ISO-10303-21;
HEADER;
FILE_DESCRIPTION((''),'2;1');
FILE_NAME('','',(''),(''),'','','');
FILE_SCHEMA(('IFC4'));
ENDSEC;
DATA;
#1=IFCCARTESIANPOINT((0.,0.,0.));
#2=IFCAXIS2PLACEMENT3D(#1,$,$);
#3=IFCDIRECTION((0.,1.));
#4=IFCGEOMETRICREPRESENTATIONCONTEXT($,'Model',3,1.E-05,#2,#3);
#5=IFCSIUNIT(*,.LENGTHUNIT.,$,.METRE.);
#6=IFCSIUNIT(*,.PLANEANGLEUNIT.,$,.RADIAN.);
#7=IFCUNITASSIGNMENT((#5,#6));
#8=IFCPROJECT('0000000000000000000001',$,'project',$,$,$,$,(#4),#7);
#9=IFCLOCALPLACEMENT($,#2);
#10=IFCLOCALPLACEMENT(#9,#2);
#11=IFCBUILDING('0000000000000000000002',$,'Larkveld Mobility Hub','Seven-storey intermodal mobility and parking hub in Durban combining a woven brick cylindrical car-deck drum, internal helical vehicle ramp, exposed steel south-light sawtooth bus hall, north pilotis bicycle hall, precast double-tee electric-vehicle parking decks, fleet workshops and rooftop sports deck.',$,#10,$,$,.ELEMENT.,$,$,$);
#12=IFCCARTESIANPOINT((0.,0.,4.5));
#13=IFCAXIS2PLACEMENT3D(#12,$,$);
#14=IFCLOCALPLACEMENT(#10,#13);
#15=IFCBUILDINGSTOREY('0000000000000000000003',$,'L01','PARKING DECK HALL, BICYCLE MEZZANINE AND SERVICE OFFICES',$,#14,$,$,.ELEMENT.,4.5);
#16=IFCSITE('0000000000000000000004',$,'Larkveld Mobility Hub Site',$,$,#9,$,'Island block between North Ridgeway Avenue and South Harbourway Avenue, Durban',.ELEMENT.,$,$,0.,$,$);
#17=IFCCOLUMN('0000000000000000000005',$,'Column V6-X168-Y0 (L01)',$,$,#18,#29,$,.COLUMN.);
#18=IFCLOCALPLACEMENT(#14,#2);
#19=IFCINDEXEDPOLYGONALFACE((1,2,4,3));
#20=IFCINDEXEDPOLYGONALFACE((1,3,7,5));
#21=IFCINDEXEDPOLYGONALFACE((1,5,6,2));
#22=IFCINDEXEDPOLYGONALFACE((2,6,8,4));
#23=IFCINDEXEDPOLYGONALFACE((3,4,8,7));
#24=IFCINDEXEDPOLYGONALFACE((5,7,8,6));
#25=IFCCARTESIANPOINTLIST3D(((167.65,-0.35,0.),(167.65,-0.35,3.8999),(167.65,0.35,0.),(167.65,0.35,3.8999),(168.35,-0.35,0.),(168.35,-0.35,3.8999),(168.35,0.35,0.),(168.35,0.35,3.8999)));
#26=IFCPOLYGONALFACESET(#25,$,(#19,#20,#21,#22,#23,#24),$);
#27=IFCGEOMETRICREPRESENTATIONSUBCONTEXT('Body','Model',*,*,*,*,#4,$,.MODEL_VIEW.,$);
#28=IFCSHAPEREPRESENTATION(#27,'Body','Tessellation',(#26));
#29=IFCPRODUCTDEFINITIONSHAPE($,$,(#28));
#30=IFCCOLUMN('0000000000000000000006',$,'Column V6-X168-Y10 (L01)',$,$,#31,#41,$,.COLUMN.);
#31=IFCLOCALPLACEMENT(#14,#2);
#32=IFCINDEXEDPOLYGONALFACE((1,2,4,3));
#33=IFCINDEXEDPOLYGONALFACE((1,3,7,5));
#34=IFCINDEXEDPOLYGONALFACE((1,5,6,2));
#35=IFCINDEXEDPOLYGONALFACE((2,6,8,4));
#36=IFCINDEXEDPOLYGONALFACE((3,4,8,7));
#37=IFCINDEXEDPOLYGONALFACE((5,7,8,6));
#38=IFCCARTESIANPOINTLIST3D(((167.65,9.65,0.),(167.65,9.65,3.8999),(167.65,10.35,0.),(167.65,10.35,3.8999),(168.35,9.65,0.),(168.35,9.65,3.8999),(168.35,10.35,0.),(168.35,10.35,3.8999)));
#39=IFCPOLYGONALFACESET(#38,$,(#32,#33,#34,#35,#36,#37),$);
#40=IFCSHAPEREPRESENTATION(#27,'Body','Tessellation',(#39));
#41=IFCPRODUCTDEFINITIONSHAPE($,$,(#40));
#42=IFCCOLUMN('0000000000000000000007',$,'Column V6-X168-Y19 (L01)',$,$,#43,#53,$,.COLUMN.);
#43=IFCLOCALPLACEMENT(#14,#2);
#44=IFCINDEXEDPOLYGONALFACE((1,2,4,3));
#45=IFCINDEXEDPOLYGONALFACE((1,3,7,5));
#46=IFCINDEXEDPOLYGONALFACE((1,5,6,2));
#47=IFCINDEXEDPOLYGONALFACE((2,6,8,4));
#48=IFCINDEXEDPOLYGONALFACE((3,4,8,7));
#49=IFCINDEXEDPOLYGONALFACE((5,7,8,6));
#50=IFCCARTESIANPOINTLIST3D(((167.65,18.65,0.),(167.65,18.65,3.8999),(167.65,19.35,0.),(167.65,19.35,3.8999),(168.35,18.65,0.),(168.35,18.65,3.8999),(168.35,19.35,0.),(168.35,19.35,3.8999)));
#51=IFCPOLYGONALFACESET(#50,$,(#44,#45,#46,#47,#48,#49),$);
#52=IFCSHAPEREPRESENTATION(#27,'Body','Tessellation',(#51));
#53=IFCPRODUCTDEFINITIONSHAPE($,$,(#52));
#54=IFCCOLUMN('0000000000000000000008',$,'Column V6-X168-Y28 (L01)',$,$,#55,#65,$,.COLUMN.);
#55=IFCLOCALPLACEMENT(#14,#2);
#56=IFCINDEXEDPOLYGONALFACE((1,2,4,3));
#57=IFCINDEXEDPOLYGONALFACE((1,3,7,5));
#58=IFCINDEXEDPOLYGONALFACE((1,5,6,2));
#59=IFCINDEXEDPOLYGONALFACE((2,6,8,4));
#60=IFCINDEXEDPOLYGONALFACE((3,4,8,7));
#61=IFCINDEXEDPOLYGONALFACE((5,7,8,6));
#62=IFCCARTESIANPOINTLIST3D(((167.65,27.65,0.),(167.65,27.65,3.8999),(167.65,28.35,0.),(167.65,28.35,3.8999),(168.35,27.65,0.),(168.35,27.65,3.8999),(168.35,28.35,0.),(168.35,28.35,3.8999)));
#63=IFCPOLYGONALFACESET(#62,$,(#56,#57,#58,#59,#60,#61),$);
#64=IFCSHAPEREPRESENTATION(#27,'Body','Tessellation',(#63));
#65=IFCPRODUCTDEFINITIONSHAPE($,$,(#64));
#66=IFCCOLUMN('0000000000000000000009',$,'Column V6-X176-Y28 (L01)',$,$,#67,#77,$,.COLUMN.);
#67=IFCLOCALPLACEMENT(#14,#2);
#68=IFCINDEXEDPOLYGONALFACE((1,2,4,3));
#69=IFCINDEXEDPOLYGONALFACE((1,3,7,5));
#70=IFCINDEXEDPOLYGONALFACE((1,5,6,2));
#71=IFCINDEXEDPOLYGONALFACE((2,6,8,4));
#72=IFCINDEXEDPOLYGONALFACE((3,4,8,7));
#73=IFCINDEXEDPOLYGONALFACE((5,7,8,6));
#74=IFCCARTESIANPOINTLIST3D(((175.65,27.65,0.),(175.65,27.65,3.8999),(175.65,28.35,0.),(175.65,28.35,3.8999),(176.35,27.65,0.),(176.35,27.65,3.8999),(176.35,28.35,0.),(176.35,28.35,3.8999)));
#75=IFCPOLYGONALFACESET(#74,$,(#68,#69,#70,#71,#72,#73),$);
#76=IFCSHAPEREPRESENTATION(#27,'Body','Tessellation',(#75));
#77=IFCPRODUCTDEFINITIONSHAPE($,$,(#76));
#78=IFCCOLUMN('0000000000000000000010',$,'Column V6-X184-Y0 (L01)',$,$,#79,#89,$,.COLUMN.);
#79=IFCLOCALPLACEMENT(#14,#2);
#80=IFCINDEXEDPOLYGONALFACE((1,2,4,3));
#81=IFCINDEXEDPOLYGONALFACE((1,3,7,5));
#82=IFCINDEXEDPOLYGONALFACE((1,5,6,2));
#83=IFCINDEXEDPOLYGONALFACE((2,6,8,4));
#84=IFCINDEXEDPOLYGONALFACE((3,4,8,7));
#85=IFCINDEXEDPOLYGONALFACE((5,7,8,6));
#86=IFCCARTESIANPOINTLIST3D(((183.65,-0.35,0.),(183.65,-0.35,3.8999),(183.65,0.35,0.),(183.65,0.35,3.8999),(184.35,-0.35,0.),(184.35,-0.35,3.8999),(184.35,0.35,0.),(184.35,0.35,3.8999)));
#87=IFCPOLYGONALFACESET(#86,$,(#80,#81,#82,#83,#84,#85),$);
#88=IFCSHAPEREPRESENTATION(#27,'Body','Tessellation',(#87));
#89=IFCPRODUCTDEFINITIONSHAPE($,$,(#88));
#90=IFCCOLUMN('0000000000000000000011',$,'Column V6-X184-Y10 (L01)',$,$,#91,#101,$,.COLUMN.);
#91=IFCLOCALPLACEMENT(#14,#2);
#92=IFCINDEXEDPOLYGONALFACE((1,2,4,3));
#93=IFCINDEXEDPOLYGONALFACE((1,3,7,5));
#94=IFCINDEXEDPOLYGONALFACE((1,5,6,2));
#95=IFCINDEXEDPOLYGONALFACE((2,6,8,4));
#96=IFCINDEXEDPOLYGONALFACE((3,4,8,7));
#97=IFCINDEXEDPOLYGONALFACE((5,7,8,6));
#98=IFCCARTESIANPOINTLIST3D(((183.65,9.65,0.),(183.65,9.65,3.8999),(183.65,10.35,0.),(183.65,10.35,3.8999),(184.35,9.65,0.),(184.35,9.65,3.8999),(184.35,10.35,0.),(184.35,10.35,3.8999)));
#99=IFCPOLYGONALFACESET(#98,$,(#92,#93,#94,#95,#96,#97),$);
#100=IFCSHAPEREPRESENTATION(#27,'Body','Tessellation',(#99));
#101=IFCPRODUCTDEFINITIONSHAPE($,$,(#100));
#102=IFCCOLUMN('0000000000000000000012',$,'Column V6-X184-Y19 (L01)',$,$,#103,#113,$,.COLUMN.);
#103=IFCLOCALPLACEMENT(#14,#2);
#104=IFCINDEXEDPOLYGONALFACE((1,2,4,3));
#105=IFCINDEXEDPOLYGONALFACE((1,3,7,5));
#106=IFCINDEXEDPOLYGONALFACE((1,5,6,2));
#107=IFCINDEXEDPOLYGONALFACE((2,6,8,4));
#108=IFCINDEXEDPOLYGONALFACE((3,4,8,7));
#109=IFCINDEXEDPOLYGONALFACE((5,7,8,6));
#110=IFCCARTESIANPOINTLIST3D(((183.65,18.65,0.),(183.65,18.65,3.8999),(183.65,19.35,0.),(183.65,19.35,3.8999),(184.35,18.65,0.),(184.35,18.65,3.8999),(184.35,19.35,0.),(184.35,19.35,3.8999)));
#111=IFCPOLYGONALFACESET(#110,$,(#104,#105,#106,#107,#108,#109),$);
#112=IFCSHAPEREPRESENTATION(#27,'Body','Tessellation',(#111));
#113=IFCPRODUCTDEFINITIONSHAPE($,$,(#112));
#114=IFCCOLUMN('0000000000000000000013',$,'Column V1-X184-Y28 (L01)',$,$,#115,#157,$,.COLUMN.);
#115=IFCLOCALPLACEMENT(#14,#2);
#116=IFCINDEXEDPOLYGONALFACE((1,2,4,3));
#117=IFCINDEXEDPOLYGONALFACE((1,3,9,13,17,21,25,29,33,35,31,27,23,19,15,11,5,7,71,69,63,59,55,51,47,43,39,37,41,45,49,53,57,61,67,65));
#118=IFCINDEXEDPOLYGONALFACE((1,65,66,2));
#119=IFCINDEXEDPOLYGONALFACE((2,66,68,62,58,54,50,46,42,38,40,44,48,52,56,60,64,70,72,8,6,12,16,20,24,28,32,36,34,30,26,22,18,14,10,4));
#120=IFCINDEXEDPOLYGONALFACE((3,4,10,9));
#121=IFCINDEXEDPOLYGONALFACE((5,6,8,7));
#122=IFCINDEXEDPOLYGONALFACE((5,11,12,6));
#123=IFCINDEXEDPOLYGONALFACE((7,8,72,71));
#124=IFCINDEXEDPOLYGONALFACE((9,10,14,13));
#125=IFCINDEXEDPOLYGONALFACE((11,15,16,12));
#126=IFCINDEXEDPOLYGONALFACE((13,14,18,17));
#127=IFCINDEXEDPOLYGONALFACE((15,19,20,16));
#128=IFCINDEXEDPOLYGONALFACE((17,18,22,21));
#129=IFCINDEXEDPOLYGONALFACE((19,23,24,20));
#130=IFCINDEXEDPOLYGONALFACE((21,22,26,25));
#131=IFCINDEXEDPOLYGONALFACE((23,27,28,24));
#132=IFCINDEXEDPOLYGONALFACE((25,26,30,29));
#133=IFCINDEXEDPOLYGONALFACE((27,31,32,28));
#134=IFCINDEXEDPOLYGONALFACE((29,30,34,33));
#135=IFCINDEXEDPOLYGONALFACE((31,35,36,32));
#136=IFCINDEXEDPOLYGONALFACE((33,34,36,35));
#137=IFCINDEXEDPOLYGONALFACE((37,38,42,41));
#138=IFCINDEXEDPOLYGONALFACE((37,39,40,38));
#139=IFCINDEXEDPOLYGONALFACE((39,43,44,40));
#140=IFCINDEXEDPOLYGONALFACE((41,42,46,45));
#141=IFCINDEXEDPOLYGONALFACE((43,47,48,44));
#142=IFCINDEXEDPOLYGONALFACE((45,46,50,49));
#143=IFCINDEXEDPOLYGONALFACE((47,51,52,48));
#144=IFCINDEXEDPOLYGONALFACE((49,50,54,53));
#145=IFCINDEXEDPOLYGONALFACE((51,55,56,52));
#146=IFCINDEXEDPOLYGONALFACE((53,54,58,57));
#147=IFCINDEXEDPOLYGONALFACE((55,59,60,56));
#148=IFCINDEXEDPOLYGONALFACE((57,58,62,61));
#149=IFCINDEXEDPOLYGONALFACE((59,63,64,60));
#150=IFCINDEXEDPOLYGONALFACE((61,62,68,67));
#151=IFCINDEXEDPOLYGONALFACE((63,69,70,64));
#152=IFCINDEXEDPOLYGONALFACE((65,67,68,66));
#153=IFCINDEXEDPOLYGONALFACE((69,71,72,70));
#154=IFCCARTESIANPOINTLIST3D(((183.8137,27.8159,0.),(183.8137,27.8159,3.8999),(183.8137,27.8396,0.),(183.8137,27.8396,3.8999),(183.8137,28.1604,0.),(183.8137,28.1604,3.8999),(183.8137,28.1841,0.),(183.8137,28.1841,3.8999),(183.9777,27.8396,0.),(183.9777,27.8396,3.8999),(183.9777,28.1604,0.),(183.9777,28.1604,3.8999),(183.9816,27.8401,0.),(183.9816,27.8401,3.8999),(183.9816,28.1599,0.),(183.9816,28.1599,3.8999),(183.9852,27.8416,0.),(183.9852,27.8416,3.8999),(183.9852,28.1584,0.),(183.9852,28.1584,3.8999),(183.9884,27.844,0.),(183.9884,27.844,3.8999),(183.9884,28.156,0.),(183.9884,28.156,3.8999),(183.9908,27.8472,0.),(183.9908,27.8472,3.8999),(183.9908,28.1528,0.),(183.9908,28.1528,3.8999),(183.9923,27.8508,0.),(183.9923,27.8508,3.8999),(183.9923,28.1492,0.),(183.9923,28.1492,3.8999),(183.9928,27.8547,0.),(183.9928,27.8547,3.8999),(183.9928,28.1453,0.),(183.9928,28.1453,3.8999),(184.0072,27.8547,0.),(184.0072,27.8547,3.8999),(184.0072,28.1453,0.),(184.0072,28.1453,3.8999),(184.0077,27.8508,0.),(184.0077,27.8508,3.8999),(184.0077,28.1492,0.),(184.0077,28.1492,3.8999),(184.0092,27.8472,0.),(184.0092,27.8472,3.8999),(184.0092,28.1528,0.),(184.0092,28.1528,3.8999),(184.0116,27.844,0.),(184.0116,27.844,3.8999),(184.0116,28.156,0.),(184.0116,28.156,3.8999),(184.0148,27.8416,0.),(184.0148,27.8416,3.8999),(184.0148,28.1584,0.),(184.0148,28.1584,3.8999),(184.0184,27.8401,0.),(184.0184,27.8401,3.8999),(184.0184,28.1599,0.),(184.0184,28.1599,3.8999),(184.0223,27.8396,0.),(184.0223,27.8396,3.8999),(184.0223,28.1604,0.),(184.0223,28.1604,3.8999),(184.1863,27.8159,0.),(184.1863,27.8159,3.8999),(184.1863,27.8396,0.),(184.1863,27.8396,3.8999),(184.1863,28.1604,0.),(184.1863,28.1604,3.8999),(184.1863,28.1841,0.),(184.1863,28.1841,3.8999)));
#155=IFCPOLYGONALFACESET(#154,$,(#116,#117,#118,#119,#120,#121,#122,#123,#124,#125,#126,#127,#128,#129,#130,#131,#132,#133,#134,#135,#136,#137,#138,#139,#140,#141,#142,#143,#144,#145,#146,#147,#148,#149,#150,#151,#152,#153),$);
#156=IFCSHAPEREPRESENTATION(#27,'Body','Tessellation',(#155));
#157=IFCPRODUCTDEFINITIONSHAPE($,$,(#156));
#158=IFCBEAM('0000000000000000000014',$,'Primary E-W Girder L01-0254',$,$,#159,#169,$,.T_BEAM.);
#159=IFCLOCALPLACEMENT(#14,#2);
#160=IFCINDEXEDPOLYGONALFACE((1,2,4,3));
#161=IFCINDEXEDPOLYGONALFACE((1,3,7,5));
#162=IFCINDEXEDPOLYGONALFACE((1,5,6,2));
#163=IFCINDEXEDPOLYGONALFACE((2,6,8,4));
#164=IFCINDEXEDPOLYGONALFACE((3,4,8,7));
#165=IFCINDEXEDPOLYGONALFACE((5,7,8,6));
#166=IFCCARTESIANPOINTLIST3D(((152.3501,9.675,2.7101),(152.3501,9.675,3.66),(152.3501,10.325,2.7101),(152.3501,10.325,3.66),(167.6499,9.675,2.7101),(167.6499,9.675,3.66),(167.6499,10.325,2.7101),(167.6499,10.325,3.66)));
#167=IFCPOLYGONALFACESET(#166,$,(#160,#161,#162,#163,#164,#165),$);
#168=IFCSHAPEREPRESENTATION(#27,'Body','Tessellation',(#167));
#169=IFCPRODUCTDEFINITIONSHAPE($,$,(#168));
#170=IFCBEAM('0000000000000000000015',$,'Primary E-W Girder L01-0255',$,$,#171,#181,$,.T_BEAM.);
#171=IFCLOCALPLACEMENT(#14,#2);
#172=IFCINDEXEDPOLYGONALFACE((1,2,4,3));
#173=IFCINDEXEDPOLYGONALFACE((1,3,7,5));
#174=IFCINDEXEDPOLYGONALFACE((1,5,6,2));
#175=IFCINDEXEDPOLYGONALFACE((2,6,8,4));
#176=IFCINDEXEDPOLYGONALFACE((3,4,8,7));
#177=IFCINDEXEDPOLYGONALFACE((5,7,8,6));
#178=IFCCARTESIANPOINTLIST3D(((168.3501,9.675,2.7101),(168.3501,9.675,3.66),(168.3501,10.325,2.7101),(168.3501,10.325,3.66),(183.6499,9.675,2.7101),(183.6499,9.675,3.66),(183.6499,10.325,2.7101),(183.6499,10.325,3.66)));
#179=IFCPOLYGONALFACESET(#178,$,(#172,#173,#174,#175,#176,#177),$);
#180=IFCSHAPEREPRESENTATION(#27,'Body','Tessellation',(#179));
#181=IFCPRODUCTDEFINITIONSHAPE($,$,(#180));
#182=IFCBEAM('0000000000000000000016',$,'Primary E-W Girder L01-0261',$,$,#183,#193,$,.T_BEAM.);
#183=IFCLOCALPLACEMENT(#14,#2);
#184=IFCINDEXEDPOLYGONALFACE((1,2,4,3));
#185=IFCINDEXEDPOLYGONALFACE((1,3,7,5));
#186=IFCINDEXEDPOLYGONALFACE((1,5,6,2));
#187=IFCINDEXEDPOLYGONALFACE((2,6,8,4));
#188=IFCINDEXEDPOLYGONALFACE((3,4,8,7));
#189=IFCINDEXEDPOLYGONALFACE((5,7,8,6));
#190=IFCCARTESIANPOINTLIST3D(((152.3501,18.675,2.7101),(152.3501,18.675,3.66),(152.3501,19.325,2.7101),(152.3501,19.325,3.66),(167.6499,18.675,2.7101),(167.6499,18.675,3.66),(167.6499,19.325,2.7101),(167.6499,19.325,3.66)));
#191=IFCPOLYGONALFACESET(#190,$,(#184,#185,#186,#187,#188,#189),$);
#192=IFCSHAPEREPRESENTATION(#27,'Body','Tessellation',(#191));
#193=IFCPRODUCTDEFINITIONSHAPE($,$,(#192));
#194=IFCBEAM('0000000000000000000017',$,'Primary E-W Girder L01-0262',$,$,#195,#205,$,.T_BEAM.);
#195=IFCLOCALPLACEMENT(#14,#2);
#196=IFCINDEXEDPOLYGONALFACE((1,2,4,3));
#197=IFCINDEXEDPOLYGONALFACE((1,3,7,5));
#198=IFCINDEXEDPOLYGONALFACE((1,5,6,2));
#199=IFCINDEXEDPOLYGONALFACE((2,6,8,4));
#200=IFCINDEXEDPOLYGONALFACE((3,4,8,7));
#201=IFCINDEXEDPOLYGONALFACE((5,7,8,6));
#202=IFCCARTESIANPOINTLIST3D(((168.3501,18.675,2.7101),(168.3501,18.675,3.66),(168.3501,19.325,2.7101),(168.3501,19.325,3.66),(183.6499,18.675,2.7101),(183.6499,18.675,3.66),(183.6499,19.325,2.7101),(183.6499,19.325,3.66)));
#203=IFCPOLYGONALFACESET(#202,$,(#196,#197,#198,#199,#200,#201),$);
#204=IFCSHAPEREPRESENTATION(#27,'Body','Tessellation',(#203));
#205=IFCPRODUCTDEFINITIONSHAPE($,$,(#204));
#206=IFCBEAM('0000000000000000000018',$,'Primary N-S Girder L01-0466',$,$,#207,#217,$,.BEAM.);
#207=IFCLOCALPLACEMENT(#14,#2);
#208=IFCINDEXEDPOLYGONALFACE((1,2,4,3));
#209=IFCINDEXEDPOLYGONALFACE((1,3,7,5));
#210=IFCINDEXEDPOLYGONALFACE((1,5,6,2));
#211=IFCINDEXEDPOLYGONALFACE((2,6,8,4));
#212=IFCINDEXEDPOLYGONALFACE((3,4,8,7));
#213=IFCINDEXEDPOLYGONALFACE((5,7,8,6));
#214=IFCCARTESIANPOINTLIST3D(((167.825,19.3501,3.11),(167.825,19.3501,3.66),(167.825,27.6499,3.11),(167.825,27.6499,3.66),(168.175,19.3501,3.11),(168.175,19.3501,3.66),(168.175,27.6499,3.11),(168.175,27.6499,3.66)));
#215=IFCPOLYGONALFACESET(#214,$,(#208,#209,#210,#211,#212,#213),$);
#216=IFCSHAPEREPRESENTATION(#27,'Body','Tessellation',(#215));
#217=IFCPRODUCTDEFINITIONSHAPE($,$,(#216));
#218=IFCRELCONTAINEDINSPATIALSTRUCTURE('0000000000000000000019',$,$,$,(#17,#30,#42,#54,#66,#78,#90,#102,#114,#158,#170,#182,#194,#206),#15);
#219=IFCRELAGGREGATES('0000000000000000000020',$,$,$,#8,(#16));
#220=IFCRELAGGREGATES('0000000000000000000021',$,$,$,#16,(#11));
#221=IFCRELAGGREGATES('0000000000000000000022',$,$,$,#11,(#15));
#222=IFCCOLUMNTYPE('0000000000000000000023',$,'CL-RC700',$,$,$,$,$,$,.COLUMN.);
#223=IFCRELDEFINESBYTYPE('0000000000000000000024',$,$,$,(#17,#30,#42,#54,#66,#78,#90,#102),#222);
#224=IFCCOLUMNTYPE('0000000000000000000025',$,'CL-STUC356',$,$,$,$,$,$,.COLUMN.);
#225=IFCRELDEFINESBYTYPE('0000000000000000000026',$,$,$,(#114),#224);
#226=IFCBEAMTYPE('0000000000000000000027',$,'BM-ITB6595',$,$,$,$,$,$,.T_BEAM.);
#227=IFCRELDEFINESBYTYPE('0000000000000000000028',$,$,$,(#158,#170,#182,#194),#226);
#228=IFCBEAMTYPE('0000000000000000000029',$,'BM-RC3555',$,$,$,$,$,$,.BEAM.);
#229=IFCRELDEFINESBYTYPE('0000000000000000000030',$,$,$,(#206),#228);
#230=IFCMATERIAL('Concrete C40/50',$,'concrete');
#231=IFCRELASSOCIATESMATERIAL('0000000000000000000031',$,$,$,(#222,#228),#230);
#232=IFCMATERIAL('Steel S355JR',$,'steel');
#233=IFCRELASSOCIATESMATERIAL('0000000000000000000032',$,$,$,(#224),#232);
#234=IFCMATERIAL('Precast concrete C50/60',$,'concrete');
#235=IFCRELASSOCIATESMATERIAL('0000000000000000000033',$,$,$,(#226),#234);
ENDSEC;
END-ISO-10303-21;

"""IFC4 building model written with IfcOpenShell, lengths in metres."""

from ifc_helpers import new_model, si_unit, direction, frame, origin, origin_2d, place, context, subcontext, project, spatial, rectangle, i_section, extrude, material, material_profile, profile_set, type_object, element, save


model = new_model("IFC4")

# Units and contexts
model_context = context("Model", 3, precision=1e-05, world=origin(), true_north=direction((0.0, 1.0)))
body_context = subcontext(model_context, "Body", "Model", "MODEL_VIEW")
ifc_project = project(units=[si_unit("LENGTHUNIT", "METRE"), si_unit("PLANEANGLEUNIT", "RADIAN")], contexts=[model_context])

# Site, building, storey
site_placement = place(None, origin())
site = spatial("IfcSite", under=ifc_project, at=site_placement, Name="Larkveld Mobility Hub Site", LongName="Island block between North Ridgeway Avenue and South Harbourway Avenue, Durban", CompositionType="ELEMENT", RefElevation=0.0)
building_placement = place(site_placement, origin())
building = spatial("IfcBuilding", under=site, at=building_placement, Name="Larkveld Mobility Hub", Description="Seven-storey intermodal mobility and parking hub in Durban combining a woven brick cylindrical car-deck drum, internal helical vehicle ramp, exposed steel south-light sawtooth bus hall, north pilotis bicycle hall, precast double-tee electric-vehicle parking decks, fleet workshops and rooftop sports deck.", CompositionType="ELEMENT")
storey_placement = place(building_placement, frame((0.0, 0.0, 4.5)))
storey = spatial("IfcBuildingStorey", under=building, at=storey_placement, Name="L01", Description="PARKING DECK HALL, BICYCLE MEZZANINE AND SERVICE OFFICES", CompositionType="ELEMENT", Elevation=4.5)

# Columns
ifc_material_1 = material(Name="Concrete C40/50", Category="concrete")
ifc_material_profile_1 = material_profile(ifc_material_1, rectangle(XDim=0.7, YDim=0.7, at=origin_2d()), Name="RC COL 700x700")
ifc_profile_set_1 = profile_set([ifc_material_profile_1], Name="Concrete C40/50")
column_type_1 = type_object("IfcColumnType", Name="CL-RC700", PredefinedType="COLUMN", material=ifc_profile_set_1)
for number, where, z_axis, x_axis, name in (
    (1, (168.0, 0.0, 0.0), (0.0, 0.0, 1.0), (1.0, 0.0, 0.0), "Column V6-X168-Y0 (L01)"),
    (2, (168.0, 10.0, 0.0), (0.0, 0.0, 1.0), (1.0, 0.0, 0.0), "Column V6-X168-Y10 (L01)"),
    (3, (168.0, 19.0, 0.0), (0.0, 0.0, 1.0), (1.0, 0.0, 0.0), "Column V6-X168-Y19 (L01)"),
    (4, (168.0, 28.0, 0.0), (0.0, 0.0, 1.0), (1.0, 0.0, 0.0), "Column V6-X168-Y28 (L01)"),
    (5, (176.0, 28.0, 0.0), (0.0, 0.0, 1.0), (1.0, 0.0, 0.0), "Column V6-X176-Y28 (L01)"),
    (6, (184.0, 0.0, 0.0), (0.0, 0.0, 1.0), (1.0, 0.0, 0.0), "Column V6-X184-Y0 (L01)"),
    (7, (184.0, 10.0, 0.0), (0.0, 0.0, 1.0), (1.0, 0.0, 0.0), "Column V6-X184-Y10 (L01)"),
    (8, (184.0, 19.0, 0.0), (0.0, 0.0, 1.0), (1.0, 0.0, 0.0), "Column V6-X184-Y19 (L01)"),
):
    element("IfcColumn", number, at=place(storey_placement, frame(where, z_axis=z_axis, x_axis=x_axis)), inside=storey, type_object=column_type_1, Name=name, PredefinedType="COLUMN", context=body_context, shape_type="SweptSolid", body=[
        extrude(rectangle(XDim=0.7, YDim=0.7, at=origin_2d()), origin(), (0.0, 0.0, 1.0), 3.8999),
    ])
ifc_material_2 = material(Name="Steel S355JR", Category="steel")
ifc_material_profile_2 = material_profile(ifc_material_2, i_section(OverallWidth=0.3726, OverallDepth=0.3682, WebThickness=0.0144, FlangeThickness=0.0237, FilletRadius=0.0151, at=origin_2d()), Name="UC 356x368x177")
ifc_profile_set_2 = profile_set([ifc_material_profile_2], Name="Steel S355JR")
column_type_2 = type_object("IfcColumnType", Name="CL-STUC356", PredefinedType="COLUMN", material=ifc_profile_set_2)
column_placement = place(storey_placement, frame((184.0, 28.0, 0.0), z_axis=(0.0, 0.0, 1.0), x_axis=(1.0, 0.0, 0.0)))
element("IfcColumn", 9, at=column_placement, inside=storey, type_object=column_type_2, Name="Column V1-X184-Y28 (L01)", PredefinedType="COLUMN", context=body_context, shape_type="SweptSolid", body=[
    extrude(i_section(OverallWidth=0.3726, OverallDepth=0.3682, WebThickness=0.0144, FlangeThickness=0.0237, FilletRadius=0.0151, at=origin_2d()), origin(), (0.0, 0.0, 1.0), 3.8999),
])

# Beams
ifc_material_3 = material(Name="Precast concrete C50/60", Category="concrete")
ifc_material_profile_3 = material_profile(ifc_material_3, rectangle(XDim=0.6499, YDim=0.95, at=origin_2d()), Name="PC ITB 650x950")
ifc_profile_set_3 = profile_set([ifc_material_profile_3], Name="Precast concrete C50/60")
beam_type_1 = type_object("IfcBeamType", Name="BM-ITB6595", PredefinedType="T_BEAM", material=ifc_profile_set_3)
for number, where, z_axis, x_axis, name in (
    (10, (152.3501, 10.0, 3.1851), (1.0, 0.0, 0.0), (0.0, 1.0, 0.0), "Primary E-W Girder L01-0254"),
    (11, (168.3501, 10.0, 3.1851), (1.0, 0.0, 0.0), (0.0, 1.0, 0.0), "Primary E-W Girder L01-0255"),
    (12, (152.3501, 19.0, 3.1851), (1.0, 0.0, 0.0), (0.0, 1.0, 0.0), "Primary E-W Girder L01-0261"),
    (13, (168.3501, 19.0, 3.1851), (1.0, 0.0, 0.0), (0.0, 1.0, 0.0), "Primary E-W Girder L01-0262"),
):
    element("IfcBeam", number, at=place(storey_placement, frame(where, z_axis=z_axis, x_axis=x_axis)), inside=storey, type_object=beam_type_1, Name=name, PredefinedType="T_BEAM", context=body_context, shape_type="SweptSolid", body=[
        extrude(rectangle(XDim=0.6499, YDim=0.95, at=origin_2d()), origin(), (0.0, 0.0, 1.0), 15.2998),
    ])
ifc_material_profile_4 = material_profile(ifc_material_1, rectangle(XDim=0.3501, YDim=0.55, at=origin_2d()), Name="RC BM 350x550")
ifc_profile_set_4 = profile_set([ifc_material_profile_4], Name="Concrete C40/50")
beam_type_2 = type_object("IfcBeamType", Name="BM-RC3555", PredefinedType="BEAM", material=ifc_profile_set_4)
beam_1_placement = place(storey_placement, frame((168.0, 19.3501, 3.385), z_axis=(0.0, 1.0, 0.0), x_axis=(-1.0, 0.0, 0.0)))
element("IfcBeam", 14, at=beam_1_placement, inside=storey, type_object=beam_type_2, Name="Primary N-S Girder L01-0466", PredefinedType="BEAM", context=body_context, shape_type="SweptSolid", body=[
    extrude(rectangle(XDim=0.3501, YDim=0.55, at=origin_2d()), origin(), (0.0, 0.0, 1.0), 8.2998),
])

save(model, "model.ifc")
